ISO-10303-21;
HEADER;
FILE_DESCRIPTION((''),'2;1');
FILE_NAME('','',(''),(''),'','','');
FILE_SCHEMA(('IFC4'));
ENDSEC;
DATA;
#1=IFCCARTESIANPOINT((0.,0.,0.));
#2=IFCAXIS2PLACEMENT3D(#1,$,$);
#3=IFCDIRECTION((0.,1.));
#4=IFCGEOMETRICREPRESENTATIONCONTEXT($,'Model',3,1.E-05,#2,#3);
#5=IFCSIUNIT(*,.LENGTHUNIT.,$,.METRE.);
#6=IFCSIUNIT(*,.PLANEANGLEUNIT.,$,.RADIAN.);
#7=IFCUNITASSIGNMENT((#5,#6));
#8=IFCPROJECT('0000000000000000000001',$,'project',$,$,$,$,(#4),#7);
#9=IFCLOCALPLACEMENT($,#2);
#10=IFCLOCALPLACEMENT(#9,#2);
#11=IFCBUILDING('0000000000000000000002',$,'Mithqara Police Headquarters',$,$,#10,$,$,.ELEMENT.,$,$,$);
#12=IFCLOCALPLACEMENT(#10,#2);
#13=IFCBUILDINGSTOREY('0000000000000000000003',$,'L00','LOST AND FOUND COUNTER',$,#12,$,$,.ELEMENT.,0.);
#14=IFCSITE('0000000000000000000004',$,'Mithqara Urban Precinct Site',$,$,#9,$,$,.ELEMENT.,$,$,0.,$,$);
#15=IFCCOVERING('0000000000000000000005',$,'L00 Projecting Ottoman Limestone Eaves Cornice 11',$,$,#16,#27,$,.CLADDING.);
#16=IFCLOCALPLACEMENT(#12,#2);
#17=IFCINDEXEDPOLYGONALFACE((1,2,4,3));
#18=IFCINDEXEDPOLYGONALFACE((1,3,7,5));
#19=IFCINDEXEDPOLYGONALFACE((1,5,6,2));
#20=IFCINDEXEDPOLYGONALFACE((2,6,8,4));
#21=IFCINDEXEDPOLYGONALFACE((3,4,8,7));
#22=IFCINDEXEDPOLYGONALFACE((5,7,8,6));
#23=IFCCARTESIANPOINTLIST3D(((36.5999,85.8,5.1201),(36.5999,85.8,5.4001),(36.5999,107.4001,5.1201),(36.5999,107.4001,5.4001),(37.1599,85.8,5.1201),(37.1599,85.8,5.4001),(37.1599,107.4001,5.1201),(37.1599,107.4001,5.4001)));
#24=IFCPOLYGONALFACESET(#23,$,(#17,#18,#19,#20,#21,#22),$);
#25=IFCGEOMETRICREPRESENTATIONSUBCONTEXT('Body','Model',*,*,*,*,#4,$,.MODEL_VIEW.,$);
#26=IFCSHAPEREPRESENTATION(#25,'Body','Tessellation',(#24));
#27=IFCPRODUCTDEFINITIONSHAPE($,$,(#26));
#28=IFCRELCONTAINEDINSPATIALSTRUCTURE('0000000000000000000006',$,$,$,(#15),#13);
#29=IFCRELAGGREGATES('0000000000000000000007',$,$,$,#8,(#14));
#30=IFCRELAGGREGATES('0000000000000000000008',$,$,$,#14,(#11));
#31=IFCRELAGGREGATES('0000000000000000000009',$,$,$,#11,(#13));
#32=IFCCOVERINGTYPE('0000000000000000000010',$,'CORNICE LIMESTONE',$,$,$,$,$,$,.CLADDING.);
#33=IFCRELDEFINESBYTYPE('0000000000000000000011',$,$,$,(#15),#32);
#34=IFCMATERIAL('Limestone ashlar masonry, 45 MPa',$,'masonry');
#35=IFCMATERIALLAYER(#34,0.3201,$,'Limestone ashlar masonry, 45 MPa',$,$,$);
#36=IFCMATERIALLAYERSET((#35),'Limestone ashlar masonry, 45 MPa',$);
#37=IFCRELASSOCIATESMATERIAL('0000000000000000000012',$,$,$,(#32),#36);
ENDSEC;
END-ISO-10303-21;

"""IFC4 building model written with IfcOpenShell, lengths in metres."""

from ifc_helpers import new_model, si_unit, direction, frame, origin, origin_2d, place, context, subcontext, project, spatial, rectangle, extrude, material, layer, layer_set, type_object, element, save


model = new_model("IFC4")

# Units and contexts
model_context = context("Model", 3, precision=1e-05, world=origin(), true_north=direction((0.0, 1.0)))
body_context = subcontext(model_context, "Body", "Model", "MODEL_VIEW")
ifc_project = project(units=[si_unit("LENGTHUNIT", "METRE"), si_unit("PLANEANGLEUNIT", "RADIAN")], contexts=[model_context])

# Site, building, storey
site_placement = place(None, origin())
site = spatial("IfcSite", under=ifc_project, at=site_placement, Name="Mithqara Urban Precinct Site", CompositionType="ELEMENT", RefElevation=0.0)
building_placement = place(site_placement, origin())
building = spatial("IfcBuilding", under=site, at=building_placement, Name="Mithqara Police Headquarters", CompositionType="ELEMENT")
storey_placement = place(building_placement, origin())
storey = spatial("IfcBuildingStorey", under=building, at=storey_placement, Name="L00", Description="LOST AND FOUND COUNTER", CompositionType="ELEMENT", Elevation=0.0)

# Shared definitions
ifc_material_1 = material(Name="Limestone ashlar masonry, 45 MPa", Category="masonry")

# Covering
ifc_layer_1 = layer(ifc_material_1, 0.3201, Name="Limestone ashlar masonry, 45 MPa")
ifc_layer_set_1 = layer_set([ifc_layer_1], Name="Limestone ashlar masonry, 45 MPa")
covering_type = type_object("IfcCoveringType", Name="CORNICE LIMESTONE", PredefinedType="CLADDING", material=ifc_layer_set_1)
covering_placement = place(storey_placement, frame((36.8799, 96.6001, 5.1201), z_axis=(0.0, 0.0, 1.0), x_axis=(0.0, 1.0, 0.0)))
element("IfcCovering", 1, at=covering_placement, inside=storey, type_object=covering_type, Name="L00 Projecting Ottoman Limestone Eaves Cornice 11", PredefinedType="CLADDING", context=body_context, shape_type="SweptSolid", body=[
    extrude(rectangle(XDim=21.6001, YDim=0.5601, at=origin_2d()), origin(), (0.0, 0.0, 1.0), 0.28),
])

save(model, "model.ifc")
